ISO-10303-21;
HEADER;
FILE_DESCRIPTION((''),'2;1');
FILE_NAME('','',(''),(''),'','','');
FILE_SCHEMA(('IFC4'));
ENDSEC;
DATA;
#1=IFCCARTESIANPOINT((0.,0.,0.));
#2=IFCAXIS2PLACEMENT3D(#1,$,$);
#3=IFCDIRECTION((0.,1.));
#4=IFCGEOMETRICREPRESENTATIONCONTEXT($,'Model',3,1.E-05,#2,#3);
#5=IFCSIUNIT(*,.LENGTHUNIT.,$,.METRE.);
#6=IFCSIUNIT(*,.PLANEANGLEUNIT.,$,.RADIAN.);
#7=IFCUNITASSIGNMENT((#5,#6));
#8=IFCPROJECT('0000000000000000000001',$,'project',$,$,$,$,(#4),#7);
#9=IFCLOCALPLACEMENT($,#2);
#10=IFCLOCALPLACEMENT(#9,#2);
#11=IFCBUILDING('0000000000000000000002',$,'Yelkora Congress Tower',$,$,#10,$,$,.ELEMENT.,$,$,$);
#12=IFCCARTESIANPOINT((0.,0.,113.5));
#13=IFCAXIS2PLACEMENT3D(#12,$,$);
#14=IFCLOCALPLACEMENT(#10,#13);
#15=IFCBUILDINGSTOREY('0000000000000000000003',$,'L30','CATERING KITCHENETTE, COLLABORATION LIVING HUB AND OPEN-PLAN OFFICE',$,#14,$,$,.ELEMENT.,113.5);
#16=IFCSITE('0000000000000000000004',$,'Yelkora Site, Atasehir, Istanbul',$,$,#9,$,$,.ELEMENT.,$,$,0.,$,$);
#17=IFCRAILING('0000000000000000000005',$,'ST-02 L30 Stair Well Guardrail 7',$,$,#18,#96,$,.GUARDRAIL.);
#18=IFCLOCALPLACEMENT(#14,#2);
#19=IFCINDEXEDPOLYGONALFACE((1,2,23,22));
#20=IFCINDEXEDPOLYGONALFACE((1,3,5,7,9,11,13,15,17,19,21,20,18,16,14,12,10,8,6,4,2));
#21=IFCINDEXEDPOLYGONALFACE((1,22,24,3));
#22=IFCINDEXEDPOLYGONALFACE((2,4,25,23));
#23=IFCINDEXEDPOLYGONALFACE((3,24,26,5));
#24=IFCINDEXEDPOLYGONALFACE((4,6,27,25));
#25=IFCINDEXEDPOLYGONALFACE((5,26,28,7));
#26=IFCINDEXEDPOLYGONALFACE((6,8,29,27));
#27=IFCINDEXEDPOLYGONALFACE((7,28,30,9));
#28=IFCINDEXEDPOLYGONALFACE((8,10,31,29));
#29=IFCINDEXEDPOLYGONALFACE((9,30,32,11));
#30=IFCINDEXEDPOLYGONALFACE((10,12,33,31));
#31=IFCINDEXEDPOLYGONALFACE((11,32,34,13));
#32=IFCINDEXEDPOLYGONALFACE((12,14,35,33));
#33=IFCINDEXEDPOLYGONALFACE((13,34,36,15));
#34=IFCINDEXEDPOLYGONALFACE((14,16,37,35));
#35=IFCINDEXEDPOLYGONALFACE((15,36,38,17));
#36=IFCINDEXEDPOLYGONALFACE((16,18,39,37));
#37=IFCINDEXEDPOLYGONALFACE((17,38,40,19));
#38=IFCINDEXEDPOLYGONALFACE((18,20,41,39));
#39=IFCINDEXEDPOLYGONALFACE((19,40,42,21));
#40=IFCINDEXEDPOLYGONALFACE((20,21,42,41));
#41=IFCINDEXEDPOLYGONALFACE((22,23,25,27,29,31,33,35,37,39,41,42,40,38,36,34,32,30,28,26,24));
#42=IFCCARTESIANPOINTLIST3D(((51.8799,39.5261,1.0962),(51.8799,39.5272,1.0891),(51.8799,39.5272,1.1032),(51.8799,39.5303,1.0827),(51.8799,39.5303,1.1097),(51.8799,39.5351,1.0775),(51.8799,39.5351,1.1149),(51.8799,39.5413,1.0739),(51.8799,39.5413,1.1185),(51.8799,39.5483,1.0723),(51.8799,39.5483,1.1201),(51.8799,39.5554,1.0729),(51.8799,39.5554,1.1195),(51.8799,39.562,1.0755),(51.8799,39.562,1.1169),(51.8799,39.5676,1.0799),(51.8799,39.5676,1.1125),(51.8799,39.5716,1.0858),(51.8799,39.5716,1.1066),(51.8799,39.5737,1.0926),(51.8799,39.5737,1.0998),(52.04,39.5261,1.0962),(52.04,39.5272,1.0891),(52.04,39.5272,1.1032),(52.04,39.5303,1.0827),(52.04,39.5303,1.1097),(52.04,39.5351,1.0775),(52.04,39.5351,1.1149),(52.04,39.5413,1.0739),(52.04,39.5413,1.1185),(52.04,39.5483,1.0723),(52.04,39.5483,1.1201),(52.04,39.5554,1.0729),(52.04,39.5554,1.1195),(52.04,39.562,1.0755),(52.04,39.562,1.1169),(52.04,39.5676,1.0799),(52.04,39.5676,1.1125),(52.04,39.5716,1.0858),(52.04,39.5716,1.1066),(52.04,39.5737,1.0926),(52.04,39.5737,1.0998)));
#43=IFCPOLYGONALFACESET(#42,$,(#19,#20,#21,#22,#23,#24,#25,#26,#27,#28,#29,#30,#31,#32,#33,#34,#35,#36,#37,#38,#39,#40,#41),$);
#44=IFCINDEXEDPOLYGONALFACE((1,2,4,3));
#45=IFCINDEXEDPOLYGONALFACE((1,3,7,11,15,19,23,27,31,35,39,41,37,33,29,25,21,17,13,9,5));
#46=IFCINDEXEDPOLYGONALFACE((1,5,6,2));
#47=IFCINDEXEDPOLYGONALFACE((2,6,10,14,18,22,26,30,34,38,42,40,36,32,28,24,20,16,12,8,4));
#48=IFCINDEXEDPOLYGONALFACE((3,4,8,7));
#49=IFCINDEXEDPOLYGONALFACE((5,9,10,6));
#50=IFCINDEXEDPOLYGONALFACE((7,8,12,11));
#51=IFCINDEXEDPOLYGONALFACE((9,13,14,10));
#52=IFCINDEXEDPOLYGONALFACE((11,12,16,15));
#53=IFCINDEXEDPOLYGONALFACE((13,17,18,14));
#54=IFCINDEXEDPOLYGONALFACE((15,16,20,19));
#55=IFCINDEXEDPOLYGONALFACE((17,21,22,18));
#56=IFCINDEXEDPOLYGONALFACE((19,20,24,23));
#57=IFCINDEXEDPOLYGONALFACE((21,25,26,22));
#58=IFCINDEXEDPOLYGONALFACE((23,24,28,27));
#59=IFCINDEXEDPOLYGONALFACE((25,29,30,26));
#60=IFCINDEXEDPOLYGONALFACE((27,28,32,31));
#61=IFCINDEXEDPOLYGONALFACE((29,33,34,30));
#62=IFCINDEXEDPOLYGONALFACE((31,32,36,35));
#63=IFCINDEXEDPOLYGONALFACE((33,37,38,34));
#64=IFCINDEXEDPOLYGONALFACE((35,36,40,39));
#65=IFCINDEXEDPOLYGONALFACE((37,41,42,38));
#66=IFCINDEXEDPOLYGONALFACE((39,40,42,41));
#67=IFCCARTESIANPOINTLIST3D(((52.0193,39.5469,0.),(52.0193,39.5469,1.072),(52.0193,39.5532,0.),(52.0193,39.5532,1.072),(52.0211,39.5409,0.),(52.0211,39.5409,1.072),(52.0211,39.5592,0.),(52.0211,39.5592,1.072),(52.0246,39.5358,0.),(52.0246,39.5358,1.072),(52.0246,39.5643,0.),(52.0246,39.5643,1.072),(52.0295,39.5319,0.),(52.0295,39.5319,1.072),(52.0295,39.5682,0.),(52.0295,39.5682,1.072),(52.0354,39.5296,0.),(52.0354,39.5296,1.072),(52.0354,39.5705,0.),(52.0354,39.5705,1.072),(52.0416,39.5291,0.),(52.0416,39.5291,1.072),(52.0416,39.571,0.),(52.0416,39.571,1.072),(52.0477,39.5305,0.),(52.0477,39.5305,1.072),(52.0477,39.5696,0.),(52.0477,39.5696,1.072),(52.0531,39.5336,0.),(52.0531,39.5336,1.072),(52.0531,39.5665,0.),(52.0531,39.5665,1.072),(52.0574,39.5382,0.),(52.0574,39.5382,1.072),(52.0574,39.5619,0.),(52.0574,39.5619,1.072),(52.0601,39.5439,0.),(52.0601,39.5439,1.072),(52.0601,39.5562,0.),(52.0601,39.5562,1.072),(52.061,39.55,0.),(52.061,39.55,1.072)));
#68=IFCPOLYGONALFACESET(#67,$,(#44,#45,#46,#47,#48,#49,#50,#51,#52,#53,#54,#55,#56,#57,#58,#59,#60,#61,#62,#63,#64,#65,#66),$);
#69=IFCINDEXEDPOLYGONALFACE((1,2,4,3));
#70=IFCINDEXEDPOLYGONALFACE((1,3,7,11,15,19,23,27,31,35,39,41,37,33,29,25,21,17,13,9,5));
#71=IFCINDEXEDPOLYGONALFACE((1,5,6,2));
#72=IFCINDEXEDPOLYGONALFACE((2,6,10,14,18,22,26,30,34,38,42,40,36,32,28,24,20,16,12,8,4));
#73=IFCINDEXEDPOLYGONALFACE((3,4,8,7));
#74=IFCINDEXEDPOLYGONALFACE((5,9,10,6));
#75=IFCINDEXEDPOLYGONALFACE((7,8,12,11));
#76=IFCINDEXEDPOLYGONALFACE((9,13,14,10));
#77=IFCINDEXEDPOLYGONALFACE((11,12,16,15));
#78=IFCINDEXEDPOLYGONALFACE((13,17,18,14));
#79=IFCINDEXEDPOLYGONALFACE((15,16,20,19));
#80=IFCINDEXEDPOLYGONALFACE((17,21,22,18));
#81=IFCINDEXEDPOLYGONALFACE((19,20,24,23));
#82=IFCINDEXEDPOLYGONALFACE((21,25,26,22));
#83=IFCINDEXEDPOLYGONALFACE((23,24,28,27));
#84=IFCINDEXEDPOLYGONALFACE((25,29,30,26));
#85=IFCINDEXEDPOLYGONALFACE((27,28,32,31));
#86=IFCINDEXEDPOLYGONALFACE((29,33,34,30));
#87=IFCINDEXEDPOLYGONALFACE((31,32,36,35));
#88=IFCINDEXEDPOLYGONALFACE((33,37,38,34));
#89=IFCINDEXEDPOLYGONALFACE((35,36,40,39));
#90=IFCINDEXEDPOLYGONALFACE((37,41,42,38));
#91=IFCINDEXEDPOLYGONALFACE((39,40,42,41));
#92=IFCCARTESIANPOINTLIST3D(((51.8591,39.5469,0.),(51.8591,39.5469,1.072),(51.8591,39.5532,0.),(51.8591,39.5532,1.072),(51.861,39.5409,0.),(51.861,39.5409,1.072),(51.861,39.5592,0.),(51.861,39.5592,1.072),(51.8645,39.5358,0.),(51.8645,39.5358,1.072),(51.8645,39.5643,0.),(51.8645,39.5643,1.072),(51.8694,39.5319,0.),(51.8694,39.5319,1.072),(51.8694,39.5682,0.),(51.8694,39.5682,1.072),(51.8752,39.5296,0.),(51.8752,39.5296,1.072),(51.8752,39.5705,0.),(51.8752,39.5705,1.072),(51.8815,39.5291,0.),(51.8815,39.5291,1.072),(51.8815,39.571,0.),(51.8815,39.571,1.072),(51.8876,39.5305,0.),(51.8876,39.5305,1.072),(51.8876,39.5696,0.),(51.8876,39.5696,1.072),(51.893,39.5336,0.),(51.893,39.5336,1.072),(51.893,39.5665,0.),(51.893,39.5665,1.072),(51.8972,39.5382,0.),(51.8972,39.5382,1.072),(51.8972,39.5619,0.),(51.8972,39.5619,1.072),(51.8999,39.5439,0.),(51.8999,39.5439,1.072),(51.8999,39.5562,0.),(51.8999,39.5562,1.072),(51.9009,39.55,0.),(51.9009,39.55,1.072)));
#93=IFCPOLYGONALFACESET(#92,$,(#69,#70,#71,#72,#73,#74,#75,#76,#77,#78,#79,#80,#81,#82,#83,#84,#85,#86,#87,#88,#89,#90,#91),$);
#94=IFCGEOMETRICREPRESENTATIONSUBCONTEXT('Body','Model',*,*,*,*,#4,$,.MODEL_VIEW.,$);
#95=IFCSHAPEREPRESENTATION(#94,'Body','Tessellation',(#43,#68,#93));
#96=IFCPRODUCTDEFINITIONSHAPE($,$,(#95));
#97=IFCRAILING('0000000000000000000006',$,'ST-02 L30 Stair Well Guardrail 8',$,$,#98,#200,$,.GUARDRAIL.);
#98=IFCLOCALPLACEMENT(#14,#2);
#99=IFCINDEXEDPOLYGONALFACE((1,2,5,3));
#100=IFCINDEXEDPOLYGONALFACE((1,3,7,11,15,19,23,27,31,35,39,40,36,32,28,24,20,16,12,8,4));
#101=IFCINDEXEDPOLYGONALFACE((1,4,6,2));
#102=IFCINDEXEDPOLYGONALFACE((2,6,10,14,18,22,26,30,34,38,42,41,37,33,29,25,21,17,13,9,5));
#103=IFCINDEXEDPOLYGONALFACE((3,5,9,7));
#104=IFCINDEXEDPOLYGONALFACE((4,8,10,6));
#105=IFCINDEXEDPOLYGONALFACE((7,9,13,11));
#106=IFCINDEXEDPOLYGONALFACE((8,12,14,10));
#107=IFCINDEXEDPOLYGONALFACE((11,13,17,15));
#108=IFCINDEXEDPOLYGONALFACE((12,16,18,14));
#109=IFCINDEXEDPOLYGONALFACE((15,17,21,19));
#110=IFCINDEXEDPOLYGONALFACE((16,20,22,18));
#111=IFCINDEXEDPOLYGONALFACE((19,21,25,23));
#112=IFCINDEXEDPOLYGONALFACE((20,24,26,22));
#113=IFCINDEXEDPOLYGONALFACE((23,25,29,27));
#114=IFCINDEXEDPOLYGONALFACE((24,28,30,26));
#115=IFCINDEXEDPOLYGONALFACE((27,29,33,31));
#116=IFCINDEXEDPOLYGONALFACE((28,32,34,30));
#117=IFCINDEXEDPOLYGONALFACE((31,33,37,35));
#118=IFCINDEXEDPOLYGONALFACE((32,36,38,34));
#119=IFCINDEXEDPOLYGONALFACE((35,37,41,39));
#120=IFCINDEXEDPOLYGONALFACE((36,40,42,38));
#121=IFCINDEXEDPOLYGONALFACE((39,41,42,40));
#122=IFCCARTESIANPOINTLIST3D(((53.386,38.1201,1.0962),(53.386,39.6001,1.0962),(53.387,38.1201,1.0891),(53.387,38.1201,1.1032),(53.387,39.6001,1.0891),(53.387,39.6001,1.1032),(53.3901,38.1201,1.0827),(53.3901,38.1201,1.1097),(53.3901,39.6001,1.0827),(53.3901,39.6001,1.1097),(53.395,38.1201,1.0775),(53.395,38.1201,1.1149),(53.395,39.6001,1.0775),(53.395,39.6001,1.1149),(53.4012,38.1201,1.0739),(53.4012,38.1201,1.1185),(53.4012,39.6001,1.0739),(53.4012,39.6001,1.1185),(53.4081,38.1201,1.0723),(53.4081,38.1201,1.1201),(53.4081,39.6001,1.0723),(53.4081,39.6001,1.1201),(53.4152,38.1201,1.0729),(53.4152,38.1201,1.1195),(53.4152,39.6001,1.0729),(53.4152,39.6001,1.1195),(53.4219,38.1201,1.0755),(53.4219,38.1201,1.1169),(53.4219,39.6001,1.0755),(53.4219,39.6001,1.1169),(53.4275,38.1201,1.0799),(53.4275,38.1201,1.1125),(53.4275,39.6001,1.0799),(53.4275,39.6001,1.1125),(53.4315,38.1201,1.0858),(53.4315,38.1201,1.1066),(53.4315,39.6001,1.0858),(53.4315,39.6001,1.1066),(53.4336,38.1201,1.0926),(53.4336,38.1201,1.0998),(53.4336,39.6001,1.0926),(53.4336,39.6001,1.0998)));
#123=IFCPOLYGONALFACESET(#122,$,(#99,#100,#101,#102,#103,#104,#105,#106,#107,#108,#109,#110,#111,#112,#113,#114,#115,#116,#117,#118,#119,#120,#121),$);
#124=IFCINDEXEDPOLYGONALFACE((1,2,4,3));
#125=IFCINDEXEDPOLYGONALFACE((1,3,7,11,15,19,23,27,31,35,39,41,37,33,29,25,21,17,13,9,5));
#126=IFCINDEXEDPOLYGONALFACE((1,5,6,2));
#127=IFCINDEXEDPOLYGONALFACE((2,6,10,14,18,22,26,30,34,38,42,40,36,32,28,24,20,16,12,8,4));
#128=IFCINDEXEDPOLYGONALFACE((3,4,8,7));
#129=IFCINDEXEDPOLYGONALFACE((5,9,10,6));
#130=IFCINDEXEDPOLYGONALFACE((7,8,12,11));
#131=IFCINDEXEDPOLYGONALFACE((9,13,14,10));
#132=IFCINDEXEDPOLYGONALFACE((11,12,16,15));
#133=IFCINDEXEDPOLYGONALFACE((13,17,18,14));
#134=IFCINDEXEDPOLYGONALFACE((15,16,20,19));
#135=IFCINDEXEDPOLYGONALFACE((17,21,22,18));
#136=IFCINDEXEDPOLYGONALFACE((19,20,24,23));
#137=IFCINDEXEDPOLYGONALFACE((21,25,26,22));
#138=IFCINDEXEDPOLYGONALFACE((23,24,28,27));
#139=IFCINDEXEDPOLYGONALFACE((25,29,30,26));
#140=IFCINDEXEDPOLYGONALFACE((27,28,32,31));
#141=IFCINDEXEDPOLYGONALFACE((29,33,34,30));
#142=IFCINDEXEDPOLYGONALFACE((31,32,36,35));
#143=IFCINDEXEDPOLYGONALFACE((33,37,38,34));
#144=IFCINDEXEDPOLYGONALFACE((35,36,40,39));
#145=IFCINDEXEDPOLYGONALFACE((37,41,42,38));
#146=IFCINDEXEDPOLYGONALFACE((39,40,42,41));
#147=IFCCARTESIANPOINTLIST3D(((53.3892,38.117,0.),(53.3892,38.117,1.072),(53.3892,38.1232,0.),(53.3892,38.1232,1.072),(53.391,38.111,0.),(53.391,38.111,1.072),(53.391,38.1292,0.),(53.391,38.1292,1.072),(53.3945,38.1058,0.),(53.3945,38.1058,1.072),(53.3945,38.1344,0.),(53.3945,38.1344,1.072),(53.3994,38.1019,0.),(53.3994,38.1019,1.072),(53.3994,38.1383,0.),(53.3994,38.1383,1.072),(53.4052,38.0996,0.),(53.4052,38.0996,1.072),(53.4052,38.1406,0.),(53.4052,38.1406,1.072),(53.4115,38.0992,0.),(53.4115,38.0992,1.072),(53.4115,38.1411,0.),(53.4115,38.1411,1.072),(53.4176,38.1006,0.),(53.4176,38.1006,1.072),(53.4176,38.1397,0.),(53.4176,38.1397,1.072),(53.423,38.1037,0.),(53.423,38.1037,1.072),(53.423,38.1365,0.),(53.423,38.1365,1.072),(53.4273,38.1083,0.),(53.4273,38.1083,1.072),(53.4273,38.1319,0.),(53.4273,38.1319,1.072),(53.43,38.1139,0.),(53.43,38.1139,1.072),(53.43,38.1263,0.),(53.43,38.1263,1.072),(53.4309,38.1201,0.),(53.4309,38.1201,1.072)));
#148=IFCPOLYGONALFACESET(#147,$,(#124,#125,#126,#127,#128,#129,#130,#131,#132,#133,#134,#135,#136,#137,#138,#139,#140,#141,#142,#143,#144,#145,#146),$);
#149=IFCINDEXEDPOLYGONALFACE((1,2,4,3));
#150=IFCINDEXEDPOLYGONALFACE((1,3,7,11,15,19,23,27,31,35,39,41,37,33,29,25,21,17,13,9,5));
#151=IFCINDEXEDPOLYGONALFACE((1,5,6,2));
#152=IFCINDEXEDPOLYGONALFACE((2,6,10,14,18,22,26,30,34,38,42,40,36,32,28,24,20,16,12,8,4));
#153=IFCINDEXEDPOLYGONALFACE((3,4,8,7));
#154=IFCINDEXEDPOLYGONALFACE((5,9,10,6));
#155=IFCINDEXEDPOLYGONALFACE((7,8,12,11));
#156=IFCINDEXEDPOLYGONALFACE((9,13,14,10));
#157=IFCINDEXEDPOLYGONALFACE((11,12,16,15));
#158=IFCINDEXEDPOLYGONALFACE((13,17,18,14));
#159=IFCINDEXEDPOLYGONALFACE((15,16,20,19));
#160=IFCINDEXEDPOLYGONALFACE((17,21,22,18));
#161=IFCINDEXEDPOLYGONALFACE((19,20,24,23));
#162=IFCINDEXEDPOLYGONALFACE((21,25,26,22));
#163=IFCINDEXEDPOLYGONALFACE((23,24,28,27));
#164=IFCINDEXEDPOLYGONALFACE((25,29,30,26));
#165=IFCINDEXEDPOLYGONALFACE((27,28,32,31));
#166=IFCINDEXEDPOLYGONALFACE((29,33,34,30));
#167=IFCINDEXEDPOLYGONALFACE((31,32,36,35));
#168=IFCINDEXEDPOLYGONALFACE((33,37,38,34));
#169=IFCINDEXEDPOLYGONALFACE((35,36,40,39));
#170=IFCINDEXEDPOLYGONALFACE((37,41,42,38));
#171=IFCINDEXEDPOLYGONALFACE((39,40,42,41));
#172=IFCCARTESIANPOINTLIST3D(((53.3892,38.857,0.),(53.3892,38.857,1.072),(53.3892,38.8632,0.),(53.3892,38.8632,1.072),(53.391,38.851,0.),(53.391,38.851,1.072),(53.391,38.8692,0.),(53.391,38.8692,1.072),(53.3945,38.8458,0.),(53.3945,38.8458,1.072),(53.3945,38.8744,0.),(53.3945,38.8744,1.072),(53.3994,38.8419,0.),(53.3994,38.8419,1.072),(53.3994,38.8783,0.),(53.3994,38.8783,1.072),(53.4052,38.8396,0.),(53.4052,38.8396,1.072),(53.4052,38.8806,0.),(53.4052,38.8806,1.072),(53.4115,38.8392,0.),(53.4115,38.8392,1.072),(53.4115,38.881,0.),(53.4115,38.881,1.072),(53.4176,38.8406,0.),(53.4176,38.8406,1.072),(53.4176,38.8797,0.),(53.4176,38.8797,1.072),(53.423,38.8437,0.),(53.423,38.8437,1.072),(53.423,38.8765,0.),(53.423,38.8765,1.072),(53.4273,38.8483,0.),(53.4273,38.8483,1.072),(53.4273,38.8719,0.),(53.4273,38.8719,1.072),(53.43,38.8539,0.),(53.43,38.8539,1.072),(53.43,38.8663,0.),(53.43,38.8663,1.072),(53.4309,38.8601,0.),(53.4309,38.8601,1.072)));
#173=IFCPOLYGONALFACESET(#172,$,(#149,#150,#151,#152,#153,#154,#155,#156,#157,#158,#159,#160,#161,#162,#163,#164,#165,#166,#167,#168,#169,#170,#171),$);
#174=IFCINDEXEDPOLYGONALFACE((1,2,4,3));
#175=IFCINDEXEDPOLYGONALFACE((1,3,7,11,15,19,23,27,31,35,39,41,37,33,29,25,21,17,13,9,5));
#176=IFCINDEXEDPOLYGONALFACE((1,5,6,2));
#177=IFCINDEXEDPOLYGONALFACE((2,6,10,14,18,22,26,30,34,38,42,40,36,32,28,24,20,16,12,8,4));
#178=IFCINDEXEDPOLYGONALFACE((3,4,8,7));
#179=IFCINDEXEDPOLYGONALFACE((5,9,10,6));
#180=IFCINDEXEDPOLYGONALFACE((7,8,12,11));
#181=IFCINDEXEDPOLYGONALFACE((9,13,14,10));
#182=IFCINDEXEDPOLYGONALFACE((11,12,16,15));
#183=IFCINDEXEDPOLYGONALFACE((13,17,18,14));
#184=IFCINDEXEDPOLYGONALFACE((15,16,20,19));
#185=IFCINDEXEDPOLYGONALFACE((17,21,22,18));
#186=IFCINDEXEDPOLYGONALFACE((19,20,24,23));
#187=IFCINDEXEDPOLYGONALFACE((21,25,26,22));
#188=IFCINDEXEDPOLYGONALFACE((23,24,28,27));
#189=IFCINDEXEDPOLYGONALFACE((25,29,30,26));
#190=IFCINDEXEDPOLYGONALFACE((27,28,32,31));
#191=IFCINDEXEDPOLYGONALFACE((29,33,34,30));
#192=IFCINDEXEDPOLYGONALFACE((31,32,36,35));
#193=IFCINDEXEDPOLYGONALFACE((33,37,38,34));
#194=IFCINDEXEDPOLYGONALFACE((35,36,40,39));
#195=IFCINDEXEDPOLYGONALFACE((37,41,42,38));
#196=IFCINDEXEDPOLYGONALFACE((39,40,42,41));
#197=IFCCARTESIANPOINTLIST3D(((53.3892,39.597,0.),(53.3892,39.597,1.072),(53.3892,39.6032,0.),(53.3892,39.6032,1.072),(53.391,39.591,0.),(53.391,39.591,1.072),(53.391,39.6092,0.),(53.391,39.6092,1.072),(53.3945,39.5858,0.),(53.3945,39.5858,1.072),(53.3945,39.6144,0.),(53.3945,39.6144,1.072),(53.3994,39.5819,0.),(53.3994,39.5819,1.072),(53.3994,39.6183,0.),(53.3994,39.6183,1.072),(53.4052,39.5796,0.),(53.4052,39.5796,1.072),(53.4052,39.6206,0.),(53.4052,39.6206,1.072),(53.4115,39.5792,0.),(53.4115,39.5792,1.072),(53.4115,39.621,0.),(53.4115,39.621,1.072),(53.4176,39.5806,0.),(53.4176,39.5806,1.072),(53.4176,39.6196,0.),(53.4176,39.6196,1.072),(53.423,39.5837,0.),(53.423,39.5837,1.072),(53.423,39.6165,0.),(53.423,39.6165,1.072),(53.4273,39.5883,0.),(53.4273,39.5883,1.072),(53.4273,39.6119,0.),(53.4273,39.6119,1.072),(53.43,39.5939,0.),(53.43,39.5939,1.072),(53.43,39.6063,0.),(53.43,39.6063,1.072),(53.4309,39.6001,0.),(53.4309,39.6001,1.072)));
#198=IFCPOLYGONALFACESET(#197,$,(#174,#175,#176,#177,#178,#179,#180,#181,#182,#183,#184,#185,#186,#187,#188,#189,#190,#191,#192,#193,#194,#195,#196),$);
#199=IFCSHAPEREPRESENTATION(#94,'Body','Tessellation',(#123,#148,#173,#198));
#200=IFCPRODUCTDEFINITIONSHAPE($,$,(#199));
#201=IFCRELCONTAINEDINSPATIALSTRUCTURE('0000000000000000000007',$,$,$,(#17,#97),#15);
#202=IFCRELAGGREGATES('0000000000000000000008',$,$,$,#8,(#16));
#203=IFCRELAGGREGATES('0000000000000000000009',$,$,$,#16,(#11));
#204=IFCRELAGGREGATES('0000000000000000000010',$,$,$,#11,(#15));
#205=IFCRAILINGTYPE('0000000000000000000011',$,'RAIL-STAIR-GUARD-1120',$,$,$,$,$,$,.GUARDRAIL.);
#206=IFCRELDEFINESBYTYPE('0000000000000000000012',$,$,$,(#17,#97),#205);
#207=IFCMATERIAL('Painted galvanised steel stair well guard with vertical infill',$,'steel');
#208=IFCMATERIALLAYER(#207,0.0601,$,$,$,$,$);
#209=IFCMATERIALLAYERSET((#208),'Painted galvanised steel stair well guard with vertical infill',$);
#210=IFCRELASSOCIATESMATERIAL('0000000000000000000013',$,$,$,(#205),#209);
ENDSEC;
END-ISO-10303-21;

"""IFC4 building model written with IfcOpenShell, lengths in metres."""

from ifc_helpers import new_model, si_unit, direction, frame, origin, origin_2d, place, context, subcontext, project, spatial, circle, extrude, material, layer, layer_set, type_object, element, save


model = new_model("IFC4")

# Units and contexts
model_context = context("Model", 3, precision=1e-05, world=origin(), true_north=direction((0.0, 1.0)))
body_context = subcontext(model_context, "Body", "Model", "MODEL_VIEW")
ifc_project = project(units=[si_unit("LENGTHUNIT", "METRE"), si_unit("PLANEANGLEUNIT", "RADIAN")], contexts=[model_context])

# Site, building, storey
site_placement = place(None, origin())
site = spatial("IfcSite", under=ifc_project, at=site_placement, Name="Yelkora Site, Atasehir, Istanbul", CompositionType="ELEMENT", RefElevation=0.0)
building_placement = place(site_placement, origin())
building = spatial("IfcBuilding", under=site, at=building_placement, Name="Yelkora Congress Tower", CompositionType="ELEMENT")
storey_placement = place(building_placement, frame((0.0, 0.0, 113.5)))
storey = spatial("IfcBuildingStorey", under=building, at=storey_placement, Name="L30", Description="CATERING KITCHENETTE, COLLABORATION LIVING HUB AND OPEN-PLAN OFFICE", CompositionType="ELEMENT", Elevation=113.5)

# Railings
ifc_material_1 = material(Name="Painted galvanised steel stair well guard with vertical infill", Category="steel")
ifc_layer_1 = layer(ifc_material_1, 0.0601)
ifc_layer_set_1 = layer_set([ifc_layer_1], Name="Painted galvanised steel stair well guard with vertical infill")
railing_type_1 = type_object("IfcRailingType", Name="RAIL-STAIR-GUARD-1120", PredefinedType="GUARDRAIL", material=ifc_layer_set_1)
railing_1_placement = place(storey_placement, frame((52.04, 39.55, 0.0)))
element("IfcRailing", 1, at=railing_1_placement, inside=storey, type_object=railing_type_1, Name="ST-02 L30 Stair Well Guardrail 7", PredefinedType="GUARDRAIL", context=body_context, shape_type="SweptSolid", body=[
    extrude(circle(Radius=0.0239, at=origin_2d()), frame((0.0, 0.0, 1.0962), z_axis=(-1.0, 0.0, 0.0), x_axis=(0.0, -1.0, 0.0)), (0.0, 0.0, 1.0), 0.1602),
    extrude(circle(Radius=0.021, at=origin_2d()), origin(), (0.0, 0.0, 1.0), 1.072),
    extrude(circle(Radius=0.021, at=origin_2d()), frame((-0.1602, 0.0, 0.0)), (0.0, 0.0, 1.0), 1.072),
])
for number, where, name in (
    (2, (53.4099, 38.1201, 0.0), "ST-02 L30 Stair Well Guardrail 8"),
):
    element("IfcRailing", number, at=place(storey_placement, frame(where)), inside=storey, type_object=railing_type_1, Name=name, PredefinedType="GUARDRAIL", context=body_context, shape_type="SweptSolid", body=[
        extrude(circle(Radius=0.0239, at=origin_2d()), frame((0.0, 0.0, 1.0962), z_axis=(0.0, 1.0, 0.0), x_axis=(-1.0, 0.0, 0.0)), (0.0, 0.0, 1.0), 1.48),
        extrude(circle(Radius=0.021, at=origin_2d()), origin(), (0.0, 0.0, 1.0), 1.072),
        extrude(circle(Radius=0.021, at=origin_2d()), frame((0.0, 0.74, 0.0)), (0.0, 0.0, 1.0), 1.072),
        extrude(circle(Radius=0.021, at=origin_2d()), frame((0.0, 1.48, 0.0)), (0.0, 0.0, 1.0), 1.072),
    ])

save(model, "model.ifc")
